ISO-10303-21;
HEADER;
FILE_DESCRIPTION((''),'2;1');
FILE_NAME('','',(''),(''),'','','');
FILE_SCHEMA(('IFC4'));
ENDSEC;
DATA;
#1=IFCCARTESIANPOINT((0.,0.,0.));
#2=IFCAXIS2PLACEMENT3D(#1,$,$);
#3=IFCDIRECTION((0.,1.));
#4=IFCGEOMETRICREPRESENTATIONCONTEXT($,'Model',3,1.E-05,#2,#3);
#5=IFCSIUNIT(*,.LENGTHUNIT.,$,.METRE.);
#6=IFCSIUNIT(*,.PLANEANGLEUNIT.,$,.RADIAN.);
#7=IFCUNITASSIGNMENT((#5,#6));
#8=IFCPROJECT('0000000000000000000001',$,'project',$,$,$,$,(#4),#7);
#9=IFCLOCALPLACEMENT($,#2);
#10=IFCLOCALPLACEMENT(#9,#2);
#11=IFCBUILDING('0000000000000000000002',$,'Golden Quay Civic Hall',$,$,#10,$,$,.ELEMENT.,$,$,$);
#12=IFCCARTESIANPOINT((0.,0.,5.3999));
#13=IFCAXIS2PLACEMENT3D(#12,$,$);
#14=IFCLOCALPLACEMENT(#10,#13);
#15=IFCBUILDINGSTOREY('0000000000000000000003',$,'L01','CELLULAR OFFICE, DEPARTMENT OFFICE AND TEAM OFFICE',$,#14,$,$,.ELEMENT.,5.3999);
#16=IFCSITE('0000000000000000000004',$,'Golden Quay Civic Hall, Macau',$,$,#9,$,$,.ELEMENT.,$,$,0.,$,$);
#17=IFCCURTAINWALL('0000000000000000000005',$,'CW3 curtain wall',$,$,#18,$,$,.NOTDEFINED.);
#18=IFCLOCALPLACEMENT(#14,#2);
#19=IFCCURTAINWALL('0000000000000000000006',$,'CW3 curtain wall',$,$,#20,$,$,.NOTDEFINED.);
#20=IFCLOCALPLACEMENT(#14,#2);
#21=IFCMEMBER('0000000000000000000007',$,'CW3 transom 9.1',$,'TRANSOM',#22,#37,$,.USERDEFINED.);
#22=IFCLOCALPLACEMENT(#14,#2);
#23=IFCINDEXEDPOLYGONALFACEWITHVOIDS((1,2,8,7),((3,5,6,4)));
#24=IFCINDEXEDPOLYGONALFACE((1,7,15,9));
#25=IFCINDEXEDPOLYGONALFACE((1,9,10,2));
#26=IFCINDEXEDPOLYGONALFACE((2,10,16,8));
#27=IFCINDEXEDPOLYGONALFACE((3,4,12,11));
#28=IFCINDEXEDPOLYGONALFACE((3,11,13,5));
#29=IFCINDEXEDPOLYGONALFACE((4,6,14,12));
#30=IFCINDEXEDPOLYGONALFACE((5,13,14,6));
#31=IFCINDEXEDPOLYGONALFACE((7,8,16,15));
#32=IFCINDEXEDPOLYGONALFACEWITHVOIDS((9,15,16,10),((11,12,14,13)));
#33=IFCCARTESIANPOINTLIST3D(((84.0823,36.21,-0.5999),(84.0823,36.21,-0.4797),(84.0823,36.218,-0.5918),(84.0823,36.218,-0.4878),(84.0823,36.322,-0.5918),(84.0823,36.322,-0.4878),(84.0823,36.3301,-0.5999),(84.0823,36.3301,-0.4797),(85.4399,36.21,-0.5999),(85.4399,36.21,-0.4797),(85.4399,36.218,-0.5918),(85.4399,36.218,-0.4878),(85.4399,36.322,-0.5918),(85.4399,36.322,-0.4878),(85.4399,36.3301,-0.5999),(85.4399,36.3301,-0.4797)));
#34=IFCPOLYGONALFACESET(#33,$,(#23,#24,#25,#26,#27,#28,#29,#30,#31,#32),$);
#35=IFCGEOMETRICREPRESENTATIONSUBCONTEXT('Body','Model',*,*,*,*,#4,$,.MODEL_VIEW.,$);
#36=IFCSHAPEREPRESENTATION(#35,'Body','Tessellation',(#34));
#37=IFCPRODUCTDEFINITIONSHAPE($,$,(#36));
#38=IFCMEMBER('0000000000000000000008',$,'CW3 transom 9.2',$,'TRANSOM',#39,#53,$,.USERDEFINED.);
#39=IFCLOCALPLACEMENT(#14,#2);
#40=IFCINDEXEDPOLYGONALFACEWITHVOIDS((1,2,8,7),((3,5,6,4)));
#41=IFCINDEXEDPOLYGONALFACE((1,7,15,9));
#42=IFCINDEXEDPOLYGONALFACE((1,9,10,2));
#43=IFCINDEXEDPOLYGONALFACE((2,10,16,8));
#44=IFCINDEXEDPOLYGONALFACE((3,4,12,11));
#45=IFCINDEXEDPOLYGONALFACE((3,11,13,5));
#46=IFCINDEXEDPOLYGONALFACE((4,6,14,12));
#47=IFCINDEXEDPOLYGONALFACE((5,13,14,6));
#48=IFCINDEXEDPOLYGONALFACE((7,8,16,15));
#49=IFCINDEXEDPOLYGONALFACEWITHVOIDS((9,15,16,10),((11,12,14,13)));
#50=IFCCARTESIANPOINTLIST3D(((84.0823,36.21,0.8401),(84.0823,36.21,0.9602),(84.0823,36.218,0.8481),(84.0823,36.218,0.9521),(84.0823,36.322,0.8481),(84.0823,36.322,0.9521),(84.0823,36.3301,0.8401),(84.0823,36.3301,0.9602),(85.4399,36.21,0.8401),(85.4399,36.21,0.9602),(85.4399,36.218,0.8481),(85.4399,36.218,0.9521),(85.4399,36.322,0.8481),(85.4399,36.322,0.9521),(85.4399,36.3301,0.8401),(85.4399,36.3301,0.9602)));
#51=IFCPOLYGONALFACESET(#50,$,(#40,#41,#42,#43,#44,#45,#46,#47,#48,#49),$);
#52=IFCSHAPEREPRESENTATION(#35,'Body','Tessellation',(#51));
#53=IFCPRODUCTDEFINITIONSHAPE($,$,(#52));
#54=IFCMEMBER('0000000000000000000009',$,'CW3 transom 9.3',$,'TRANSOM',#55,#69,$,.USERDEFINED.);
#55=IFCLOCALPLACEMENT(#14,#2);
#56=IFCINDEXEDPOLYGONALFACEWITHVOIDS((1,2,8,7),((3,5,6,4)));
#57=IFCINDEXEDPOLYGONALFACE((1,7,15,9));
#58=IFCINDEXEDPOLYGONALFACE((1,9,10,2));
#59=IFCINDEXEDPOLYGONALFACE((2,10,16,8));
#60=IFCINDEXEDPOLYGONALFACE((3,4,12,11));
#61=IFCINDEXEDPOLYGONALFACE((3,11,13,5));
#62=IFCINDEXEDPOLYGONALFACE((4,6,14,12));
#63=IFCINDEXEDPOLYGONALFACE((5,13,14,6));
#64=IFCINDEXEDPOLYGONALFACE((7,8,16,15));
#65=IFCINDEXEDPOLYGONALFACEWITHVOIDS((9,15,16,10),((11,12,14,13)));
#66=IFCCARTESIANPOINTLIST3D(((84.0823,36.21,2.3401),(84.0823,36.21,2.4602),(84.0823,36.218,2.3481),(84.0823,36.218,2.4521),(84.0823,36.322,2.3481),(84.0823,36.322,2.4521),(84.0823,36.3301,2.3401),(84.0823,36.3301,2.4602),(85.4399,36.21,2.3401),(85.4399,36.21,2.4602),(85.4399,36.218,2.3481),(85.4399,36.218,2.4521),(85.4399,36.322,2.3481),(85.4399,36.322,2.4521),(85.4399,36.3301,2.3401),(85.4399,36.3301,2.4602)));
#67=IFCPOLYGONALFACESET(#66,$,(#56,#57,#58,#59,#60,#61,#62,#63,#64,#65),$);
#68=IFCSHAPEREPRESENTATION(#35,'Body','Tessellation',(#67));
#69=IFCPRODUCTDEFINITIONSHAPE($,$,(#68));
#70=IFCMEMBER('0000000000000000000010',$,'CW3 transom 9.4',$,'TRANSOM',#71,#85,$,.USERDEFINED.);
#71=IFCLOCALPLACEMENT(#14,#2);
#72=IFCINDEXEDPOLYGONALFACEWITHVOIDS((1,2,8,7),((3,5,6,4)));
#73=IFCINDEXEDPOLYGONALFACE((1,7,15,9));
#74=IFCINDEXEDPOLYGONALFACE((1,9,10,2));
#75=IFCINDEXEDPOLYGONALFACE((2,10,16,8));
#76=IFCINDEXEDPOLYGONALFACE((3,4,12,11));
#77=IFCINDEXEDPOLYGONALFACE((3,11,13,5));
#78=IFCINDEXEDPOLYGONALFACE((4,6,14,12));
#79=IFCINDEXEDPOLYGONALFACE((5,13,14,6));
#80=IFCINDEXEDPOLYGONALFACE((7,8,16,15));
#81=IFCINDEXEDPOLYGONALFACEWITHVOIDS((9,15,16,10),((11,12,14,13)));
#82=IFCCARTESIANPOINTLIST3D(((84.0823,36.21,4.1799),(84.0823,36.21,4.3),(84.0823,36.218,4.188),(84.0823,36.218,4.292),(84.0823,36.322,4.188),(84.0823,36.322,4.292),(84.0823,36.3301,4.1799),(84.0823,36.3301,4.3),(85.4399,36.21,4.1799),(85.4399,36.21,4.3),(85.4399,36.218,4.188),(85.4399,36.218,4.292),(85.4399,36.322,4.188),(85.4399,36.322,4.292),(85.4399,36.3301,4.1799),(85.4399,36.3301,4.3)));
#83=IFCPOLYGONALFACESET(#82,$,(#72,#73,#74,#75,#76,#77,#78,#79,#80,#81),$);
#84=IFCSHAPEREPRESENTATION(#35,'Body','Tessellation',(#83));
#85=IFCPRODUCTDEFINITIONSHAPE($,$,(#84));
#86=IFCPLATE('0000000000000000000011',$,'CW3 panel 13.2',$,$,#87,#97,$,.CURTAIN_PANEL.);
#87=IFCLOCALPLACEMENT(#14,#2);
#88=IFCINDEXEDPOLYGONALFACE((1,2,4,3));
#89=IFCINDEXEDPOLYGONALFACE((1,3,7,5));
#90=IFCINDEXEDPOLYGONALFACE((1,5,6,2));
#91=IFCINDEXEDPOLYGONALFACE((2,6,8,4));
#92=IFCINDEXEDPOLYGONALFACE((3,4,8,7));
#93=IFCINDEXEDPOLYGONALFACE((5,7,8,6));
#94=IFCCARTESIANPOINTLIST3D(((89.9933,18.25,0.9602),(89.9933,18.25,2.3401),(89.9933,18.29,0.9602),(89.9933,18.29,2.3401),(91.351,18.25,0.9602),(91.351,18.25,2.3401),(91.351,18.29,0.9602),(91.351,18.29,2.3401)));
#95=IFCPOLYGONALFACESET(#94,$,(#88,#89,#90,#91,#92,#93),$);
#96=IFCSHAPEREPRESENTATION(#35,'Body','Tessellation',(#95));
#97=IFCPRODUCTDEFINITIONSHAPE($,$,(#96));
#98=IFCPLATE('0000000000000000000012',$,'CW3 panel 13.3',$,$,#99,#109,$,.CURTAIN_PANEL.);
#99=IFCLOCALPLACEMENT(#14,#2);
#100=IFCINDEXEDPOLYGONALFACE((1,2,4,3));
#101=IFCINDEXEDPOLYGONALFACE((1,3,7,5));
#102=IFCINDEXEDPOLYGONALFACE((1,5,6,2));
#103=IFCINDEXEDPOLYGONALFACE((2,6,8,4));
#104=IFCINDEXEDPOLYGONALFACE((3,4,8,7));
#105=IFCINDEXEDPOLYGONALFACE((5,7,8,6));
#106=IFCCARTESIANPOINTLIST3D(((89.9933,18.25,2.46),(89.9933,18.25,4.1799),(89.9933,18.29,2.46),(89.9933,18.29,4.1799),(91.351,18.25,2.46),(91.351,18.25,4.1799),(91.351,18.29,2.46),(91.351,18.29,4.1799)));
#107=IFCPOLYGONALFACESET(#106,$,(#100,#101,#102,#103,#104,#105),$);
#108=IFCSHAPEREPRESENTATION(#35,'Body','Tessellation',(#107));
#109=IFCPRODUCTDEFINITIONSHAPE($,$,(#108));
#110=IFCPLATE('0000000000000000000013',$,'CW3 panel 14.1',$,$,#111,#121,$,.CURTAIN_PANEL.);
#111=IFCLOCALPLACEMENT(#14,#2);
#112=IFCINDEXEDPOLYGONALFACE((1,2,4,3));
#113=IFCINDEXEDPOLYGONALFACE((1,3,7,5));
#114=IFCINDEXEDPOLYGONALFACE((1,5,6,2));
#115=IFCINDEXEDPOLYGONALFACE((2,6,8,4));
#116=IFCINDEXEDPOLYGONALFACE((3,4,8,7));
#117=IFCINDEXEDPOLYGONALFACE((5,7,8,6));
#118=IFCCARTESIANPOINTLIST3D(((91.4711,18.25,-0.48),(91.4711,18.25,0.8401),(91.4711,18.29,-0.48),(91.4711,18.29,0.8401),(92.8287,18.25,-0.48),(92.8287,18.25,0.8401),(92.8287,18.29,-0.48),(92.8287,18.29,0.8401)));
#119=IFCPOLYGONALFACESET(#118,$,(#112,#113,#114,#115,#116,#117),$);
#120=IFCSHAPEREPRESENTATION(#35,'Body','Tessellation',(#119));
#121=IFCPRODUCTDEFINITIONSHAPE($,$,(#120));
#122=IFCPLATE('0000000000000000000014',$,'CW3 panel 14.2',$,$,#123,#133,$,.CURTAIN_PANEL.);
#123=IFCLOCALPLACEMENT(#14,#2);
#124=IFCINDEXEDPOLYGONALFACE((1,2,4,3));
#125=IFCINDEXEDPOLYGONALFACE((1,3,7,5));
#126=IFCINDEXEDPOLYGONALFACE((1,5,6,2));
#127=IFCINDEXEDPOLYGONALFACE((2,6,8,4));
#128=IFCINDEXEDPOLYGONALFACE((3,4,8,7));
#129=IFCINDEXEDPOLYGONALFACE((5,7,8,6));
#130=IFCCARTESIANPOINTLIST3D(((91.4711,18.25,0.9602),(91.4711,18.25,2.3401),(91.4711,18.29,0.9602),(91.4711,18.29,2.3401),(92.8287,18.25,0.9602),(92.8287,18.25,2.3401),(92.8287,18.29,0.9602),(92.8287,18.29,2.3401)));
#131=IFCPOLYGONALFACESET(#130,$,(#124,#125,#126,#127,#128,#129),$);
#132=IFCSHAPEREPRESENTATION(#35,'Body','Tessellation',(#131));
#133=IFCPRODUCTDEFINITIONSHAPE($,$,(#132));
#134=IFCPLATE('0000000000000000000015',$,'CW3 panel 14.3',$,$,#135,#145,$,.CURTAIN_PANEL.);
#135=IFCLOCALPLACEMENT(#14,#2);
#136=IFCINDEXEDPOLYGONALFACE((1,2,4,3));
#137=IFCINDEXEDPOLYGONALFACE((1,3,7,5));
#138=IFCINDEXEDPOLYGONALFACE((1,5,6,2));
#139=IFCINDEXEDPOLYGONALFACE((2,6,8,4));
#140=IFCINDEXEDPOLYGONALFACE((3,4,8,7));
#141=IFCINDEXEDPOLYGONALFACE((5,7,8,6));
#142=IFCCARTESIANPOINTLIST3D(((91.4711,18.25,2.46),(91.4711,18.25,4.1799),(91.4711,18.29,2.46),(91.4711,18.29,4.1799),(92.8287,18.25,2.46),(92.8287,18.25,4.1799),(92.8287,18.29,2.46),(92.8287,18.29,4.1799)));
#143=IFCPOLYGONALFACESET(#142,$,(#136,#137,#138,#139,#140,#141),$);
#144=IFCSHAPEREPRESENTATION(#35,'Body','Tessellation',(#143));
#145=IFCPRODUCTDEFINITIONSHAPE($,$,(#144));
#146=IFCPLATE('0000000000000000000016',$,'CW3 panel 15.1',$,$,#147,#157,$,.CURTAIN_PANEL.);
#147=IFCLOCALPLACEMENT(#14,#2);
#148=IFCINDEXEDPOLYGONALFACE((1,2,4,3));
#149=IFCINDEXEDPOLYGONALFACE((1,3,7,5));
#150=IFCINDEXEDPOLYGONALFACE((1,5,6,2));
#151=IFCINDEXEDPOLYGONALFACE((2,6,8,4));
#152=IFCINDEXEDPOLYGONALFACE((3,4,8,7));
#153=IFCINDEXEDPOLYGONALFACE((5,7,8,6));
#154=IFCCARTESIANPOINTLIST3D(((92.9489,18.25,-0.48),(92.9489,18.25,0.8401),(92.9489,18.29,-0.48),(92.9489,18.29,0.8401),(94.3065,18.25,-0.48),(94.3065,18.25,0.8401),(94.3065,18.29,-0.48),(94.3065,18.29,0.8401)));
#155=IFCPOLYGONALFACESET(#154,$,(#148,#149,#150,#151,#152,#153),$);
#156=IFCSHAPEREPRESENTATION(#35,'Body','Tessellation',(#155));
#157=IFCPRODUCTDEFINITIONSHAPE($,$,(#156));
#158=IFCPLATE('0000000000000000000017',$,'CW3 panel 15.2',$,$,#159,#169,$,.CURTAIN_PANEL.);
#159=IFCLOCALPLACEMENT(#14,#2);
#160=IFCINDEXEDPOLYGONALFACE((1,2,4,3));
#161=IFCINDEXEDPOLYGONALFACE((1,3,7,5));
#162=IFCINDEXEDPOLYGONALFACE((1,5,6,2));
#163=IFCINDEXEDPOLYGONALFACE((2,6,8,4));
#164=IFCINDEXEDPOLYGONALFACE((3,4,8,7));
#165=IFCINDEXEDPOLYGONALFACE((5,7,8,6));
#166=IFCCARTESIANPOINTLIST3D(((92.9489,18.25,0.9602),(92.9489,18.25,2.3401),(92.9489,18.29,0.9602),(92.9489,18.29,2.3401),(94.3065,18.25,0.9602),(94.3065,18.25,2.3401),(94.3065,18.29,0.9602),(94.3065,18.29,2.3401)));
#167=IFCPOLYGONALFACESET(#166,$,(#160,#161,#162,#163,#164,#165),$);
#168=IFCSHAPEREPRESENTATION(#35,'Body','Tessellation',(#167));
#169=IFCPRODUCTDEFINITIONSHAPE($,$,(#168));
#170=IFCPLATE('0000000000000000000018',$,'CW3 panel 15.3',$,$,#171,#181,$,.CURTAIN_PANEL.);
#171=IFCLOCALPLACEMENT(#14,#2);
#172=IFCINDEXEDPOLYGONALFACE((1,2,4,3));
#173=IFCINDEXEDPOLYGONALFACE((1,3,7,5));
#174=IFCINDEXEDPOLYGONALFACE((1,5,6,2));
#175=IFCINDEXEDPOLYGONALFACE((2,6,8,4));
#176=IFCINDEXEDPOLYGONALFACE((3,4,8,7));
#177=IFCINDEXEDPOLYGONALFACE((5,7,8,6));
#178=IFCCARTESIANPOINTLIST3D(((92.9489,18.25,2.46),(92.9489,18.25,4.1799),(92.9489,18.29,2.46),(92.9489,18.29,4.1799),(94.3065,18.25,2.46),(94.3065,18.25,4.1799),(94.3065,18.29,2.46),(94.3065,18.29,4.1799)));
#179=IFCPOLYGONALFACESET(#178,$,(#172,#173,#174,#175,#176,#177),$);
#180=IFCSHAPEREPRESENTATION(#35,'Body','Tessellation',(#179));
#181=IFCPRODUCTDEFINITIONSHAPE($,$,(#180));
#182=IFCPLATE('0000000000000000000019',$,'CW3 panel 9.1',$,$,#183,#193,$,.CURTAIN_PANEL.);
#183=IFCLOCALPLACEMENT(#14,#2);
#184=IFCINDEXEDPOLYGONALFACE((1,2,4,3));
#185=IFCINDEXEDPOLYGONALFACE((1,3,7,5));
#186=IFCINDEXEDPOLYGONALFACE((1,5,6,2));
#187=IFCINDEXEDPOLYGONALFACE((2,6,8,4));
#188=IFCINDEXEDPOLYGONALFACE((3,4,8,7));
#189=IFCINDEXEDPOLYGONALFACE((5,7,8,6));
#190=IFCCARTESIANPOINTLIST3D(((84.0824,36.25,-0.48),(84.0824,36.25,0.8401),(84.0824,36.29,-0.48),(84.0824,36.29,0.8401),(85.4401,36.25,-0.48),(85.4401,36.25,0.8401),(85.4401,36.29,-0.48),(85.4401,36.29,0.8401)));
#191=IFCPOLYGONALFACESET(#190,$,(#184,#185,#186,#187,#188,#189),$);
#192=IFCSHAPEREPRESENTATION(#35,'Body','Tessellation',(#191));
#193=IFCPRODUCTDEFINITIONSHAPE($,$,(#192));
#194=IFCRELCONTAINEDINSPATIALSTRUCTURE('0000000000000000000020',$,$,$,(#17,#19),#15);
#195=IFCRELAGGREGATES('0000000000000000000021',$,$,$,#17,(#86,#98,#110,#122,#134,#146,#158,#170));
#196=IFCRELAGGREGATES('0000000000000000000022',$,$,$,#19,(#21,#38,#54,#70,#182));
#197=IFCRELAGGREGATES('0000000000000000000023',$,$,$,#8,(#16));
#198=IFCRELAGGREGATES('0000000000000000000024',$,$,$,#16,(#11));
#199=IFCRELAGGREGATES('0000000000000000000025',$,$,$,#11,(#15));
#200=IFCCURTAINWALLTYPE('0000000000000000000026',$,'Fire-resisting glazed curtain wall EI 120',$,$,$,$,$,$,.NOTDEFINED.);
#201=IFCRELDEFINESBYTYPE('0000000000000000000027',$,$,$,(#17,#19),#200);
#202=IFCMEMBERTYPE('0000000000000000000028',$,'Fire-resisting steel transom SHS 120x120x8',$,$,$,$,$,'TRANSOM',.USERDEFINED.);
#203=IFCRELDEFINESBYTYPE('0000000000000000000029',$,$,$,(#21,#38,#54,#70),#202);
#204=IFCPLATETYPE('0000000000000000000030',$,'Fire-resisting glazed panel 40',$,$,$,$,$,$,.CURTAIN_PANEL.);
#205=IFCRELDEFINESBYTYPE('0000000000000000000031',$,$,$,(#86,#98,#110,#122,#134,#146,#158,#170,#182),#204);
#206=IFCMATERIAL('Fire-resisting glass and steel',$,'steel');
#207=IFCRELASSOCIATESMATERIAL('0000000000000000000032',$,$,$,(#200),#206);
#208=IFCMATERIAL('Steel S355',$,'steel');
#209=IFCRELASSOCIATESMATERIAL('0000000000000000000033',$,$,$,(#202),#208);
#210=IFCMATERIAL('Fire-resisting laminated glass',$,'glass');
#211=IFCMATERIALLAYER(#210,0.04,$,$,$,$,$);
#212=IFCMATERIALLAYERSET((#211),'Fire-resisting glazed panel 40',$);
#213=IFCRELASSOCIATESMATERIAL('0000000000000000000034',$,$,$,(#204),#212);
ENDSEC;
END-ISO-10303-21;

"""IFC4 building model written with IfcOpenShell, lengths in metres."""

from ifc_helpers import new_model, si_unit, direction, frame, origin, origin_2d, place, context, subcontext, project, spatial, rectangle, hollow_rectangle, extrude, material, layer, layer_set, material_profile, profile_set, type_object, element, aggregate, save


model = new_model("IFC4")

# Units and contexts
model_context = context("Model", 3, precision=1e-05, world=origin(), true_north=direction((0.0, 1.0)))
body_context = subcontext(model_context, "Body", "Model", "MODEL_VIEW")
ifc_project = project(units=[si_unit("LENGTHUNIT", "METRE"), si_unit("PLANEANGLEUNIT", "RADIAN")], contexts=[model_context])

# Site, building, storey
site_placement = place(None, origin())
site = spatial("IfcSite", under=ifc_project, at=site_placement, Name="Golden Quay Civic Hall, Macau", CompositionType="ELEMENT", RefElevation=0.0)
building_placement = place(site_placement, origin())
building = spatial("IfcBuilding", under=site, at=building_placement, Name="Golden Quay Civic Hall", CompositionType="ELEMENT")
storey_placement = place(building_placement, frame((0.0, 0.0, 5.3999)))
storey = spatial("IfcBuildingStorey", under=building, at=storey_placement, Name="L01", Description="CELLULAR OFFICE, DEPARTMENT OFFICE AND TEAM OFFICE", CompositionType="ELEMENT", Elevation=5.3999)

# Curtain wall
ifc_material_1 = material(Name="Fire-resisting glass and steel", Category="steel")
curtain_wall_type = type_object("IfcCurtainWallType", Name="Fire-resisting glazed curtain wall EI 120", PredefinedType="NOTDEFINED", material=ifc_material_1)
curtain_wall_1_placement = place(storey_placement, origin())
curtain_wall_1 = element("IfcCurtainWall", 1, at=curtain_wall_1_placement, inside=storey, type_object=curtain_wall_type, Name="CW3 curtain wall", PredefinedType="NOTDEFINED")

# Curtain wall
curtain_wall_2_placement = place(storey_placement, origin())
curtain_wall_2 = element("IfcCurtainWall", 2, at=curtain_wall_2_placement, inside=storey, type_object=curtain_wall_type, Name="CW3 curtain wall", PredefinedType="NOTDEFINED")

# Members
ifc_material_2 = material(Name="Steel S355", Category="steel")
ifc_material_profile_1 = material_profile(ifc_material_2, hollow_rectangle(XDim=0.1201, YDim=0.1201, WallThickness=0.0081, at=origin_2d()), Name="SHS 120x120x8")
ifc_profile_set_1 = profile_set([ifc_material_profile_1], Name="Steel S355")
member_type_1 = type_object("IfcMemberType", Name="Fire-resisting steel transom SHS 120x120x8", ElementType="TRANSOM", PredefinedType="USERDEFINED", material=ifc_profile_set_1)
member_1_placement = place(storey_placement, frame((84.0823, 36.27, -0.5398), z_axis=(1.0, 0.0, 0.0), x_axis=(0.0, 1.0, 0.0)))
member_1 = element("IfcMember", 3, at=member_1_placement, type_object=member_type_1, Name="CW3 transom 9.1", ObjectType="TRANSOM", PredefinedType="USERDEFINED", context=body_context, shape_type="SweptSolid", body=[
    extrude(hollow_rectangle(XDim=0.1201, YDim=0.1201, WallThickness=0.0081, at=origin_2d()), origin(), (0.0, 0.0, 1.0), 1.3577),
])
member_2_placement = place(storey_placement, frame((84.0823, 36.27, 0.9001), z_axis=(1.0, 0.0, 0.0), x_axis=(0.0, 1.0, 0.0)))
member_2 = element("IfcMember", 4, at=member_2_placement, type_object=member_type_1, Name="CW3 transom 9.2", ObjectType="TRANSOM", PredefinedType="USERDEFINED", context=body_context, shape_type="SweptSolid", body=[
    extrude(hollow_rectangle(XDim=0.1201, YDim=0.1201, WallThickness=0.0081, at=origin_2d()), origin(), (0.0, 0.0, 1.0), 1.3577),
])
member_3_placement = place(storey_placement, frame((84.0823, 36.27, 2.4001), z_axis=(1.0, 0.0, 0.0), x_axis=(0.0, 1.0, 0.0)))
member_3 = element("IfcMember", 5, at=member_3_placement, type_object=member_type_1, Name="CW3 transom 9.3", ObjectType="TRANSOM", PredefinedType="USERDEFINED", context=body_context, shape_type="SweptSolid", body=[
    extrude(hollow_rectangle(XDim=0.1201, YDim=0.1201, WallThickness=0.0081, at=origin_2d()), origin(), (0.0, 0.0, 1.0), 1.3577),
])
member_4_placement = place(storey_placement, frame((84.0823, 36.27, 4.24), z_axis=(1.0, 0.0, 0.0), x_axis=(0.0, 1.0, 0.0)))
member_4 = element("IfcMember", 6, at=member_4_placement, type_object=member_type_1, Name="CW3 transom 9.4", ObjectType="TRANSOM", PredefinedType="USERDEFINED", context=body_context, shape_type="SweptSolid", body=[
    extrude(hollow_rectangle(XDim=0.1201, YDim=0.1201, WallThickness=0.0081, at=origin_2d()), origin(), (0.0, 0.0, 1.0), 1.3577),
])

# Plates
ifc_material_3 = material(Name="Fire-resisting laminated glass", Category="glass")
ifc_layer = layer(ifc_material_3, 0.04)
ifc_layer_set = layer_set([ifc_layer], Name="Fire-resisting glazed panel 40")
plate_type = type_object("IfcPlateType", Name="Fire-resisting glazed panel 40", PredefinedType="CURTAIN_PANEL", material=ifc_layer_set)
plate_1_placement = place(storey_placement, frame((90.6721, 18.27, 0.9602), z_axis=(0.0, 0.0, 1.0), x_axis=(1.0, 0.0, 0.0)))
plate_1 = element("IfcPlate", 7, at=plate_1_placement, type_object=plate_type, Name="CW3 panel 13.2", PredefinedType="CURTAIN_PANEL", context=body_context, shape_type="SweptSolid", body=[
    extrude(rectangle(XDim=1.3577, YDim=0.04, at=origin_2d()), origin(), (0.0, 0.0, 1.0), 1.3799),
])
plate_2_placement = place(storey_placement, frame((90.6721, 18.27, 2.46), z_axis=(0.0, 0.0, 1.0), x_axis=(1.0, 0.0, 0.0)))
plate_2 = element("IfcPlate", 8, at=plate_2_placement, type_object=plate_type, Name="CW3 panel 13.3", PredefinedType="CURTAIN_PANEL", context=body_context, shape_type="SweptSolid", body=[
    extrude(rectangle(XDim=1.3577, YDim=0.04, at=origin_2d()), origin(), (0.0, 0.0, 1.0), 1.72),
])
plate_3_placement = place(storey_placement, frame((92.1499, 18.27, -0.48), z_axis=(0.0, 0.0, 1.0), x_axis=(1.0, 0.0, 0.0)))
plate_3 = element("IfcPlate", 9, at=plate_3_placement, type_object=plate_type, Name="CW3 panel 14.1", PredefinedType="CURTAIN_PANEL", context=body_context, shape_type="SweptSolid", body=[
    extrude(rectangle(XDim=1.3577, YDim=0.04, at=origin_2d()), origin(), (0.0, 0.0, 1.0), 1.3201),
])
plate_4_placement = place(storey_placement, frame((92.1499, 18.27, 0.9602), z_axis=(0.0, 0.0, 1.0), x_axis=(1.0, 0.0, 0.0)))
plate_4 = element("IfcPlate", 10, at=plate_4_placement, type_object=plate_type, Name="CW3 panel 14.2", PredefinedType="CURTAIN_PANEL", context=body_context, shape_type="SweptSolid", body=[
    extrude(rectangle(XDim=1.3577, YDim=0.04, at=origin_2d()), origin(), (0.0, 0.0, 1.0), 1.3799),
])
plate_5_placement = place(storey_placement, frame((92.1499, 18.27, 2.46), z_axis=(0.0, 0.0, 1.0), x_axis=(1.0, 0.0, 0.0)))
plate_5 = element("IfcPlate", 11, at=plate_5_placement, type_object=plate_type, Name="CW3 panel 14.3", PredefinedType="CURTAIN_PANEL", context=body_context, shape_type="SweptSolid", body=[
    extrude(rectangle(XDim=1.3577, YDim=0.04, at=origin_2d()), origin(), (0.0, 0.0, 1.0), 1.72),
])
plate_6_placement = place(storey_placement, frame((93.6277, 18.27, -0.48), z_axis=(0.0, 0.0, 1.0), x_axis=(1.0, 0.0, 0.0)))
plate_6 = element("IfcPlate", 12, at=plate_6_placement, type_object=plate_type, Name="CW3 panel 15.1", PredefinedType="CURTAIN_PANEL", context=body_context, shape_type="SweptSolid", body=[
    extrude(rectangle(XDim=1.3577, YDim=0.04, at=origin_2d()), origin(), (0.0, 0.0, 1.0), 1.3201),
])
plate_7_placement = place(storey_placement, frame((93.6277, 18.27, 0.9602), z_axis=(0.0, 0.0, 1.0), x_axis=(1.0, 0.0, 0.0)))
plate_7 = element("IfcPlate", 13, at=plate_7_placement, type_object=plate_type, Name="CW3 panel 15.2", PredefinedType="CURTAIN_PANEL", context=body_context, shape_type="SweptSolid", body=[
    extrude(rectangle(XDim=1.3577, YDim=0.04, at=origin_2d()), origin(), (0.0, 0.0, 1.0), 1.3799),
])
plate_8_placement = place(storey_placement, frame((93.6277, 18.27, 2.46), z_axis=(0.0, 0.0, 1.0), x_axis=(1.0, 0.0, 0.0)))
plate_8 = element("IfcPlate", 14, at=plate_8_placement, type_object=plate_type, Name="CW3 panel 15.3", PredefinedType="CURTAIN_PANEL", context=body_context, shape_type="SweptSolid", body=[
    extrude(rectangle(XDim=1.3577, YDim=0.04, at=origin_2d()), origin(), (0.0, 0.0, 1.0), 1.72),
])
aggregate(curtain_wall_1, [plate_1, plate_2, plate_3, plate_4, plate_5, plate_6, plate_7, plate_8])
plate_9_placement = place(storey_placement, frame((84.7612, 36.27, -0.48), z_axis=(0.0, 0.0, 1.0), x_axis=(1.0, 0.0, 0.0)))
plate_9 = element("IfcPlate", 15, at=plate_9_placement, type_object=plate_type, Name="CW3 panel 9.1", PredefinedType="CURTAIN_PANEL", context=body_context, shape_type="SweptSolid", body=[
    extrude(rectangle(XDim=1.3577, YDim=0.04, at=origin_2d()), origin(), (0.0, 0.0, 1.0), 1.3201),
])
aggregate(curtain_wall_2, [member_1, member_2, member_3, member_4, plate_9])

save(model, "model.ifc")
